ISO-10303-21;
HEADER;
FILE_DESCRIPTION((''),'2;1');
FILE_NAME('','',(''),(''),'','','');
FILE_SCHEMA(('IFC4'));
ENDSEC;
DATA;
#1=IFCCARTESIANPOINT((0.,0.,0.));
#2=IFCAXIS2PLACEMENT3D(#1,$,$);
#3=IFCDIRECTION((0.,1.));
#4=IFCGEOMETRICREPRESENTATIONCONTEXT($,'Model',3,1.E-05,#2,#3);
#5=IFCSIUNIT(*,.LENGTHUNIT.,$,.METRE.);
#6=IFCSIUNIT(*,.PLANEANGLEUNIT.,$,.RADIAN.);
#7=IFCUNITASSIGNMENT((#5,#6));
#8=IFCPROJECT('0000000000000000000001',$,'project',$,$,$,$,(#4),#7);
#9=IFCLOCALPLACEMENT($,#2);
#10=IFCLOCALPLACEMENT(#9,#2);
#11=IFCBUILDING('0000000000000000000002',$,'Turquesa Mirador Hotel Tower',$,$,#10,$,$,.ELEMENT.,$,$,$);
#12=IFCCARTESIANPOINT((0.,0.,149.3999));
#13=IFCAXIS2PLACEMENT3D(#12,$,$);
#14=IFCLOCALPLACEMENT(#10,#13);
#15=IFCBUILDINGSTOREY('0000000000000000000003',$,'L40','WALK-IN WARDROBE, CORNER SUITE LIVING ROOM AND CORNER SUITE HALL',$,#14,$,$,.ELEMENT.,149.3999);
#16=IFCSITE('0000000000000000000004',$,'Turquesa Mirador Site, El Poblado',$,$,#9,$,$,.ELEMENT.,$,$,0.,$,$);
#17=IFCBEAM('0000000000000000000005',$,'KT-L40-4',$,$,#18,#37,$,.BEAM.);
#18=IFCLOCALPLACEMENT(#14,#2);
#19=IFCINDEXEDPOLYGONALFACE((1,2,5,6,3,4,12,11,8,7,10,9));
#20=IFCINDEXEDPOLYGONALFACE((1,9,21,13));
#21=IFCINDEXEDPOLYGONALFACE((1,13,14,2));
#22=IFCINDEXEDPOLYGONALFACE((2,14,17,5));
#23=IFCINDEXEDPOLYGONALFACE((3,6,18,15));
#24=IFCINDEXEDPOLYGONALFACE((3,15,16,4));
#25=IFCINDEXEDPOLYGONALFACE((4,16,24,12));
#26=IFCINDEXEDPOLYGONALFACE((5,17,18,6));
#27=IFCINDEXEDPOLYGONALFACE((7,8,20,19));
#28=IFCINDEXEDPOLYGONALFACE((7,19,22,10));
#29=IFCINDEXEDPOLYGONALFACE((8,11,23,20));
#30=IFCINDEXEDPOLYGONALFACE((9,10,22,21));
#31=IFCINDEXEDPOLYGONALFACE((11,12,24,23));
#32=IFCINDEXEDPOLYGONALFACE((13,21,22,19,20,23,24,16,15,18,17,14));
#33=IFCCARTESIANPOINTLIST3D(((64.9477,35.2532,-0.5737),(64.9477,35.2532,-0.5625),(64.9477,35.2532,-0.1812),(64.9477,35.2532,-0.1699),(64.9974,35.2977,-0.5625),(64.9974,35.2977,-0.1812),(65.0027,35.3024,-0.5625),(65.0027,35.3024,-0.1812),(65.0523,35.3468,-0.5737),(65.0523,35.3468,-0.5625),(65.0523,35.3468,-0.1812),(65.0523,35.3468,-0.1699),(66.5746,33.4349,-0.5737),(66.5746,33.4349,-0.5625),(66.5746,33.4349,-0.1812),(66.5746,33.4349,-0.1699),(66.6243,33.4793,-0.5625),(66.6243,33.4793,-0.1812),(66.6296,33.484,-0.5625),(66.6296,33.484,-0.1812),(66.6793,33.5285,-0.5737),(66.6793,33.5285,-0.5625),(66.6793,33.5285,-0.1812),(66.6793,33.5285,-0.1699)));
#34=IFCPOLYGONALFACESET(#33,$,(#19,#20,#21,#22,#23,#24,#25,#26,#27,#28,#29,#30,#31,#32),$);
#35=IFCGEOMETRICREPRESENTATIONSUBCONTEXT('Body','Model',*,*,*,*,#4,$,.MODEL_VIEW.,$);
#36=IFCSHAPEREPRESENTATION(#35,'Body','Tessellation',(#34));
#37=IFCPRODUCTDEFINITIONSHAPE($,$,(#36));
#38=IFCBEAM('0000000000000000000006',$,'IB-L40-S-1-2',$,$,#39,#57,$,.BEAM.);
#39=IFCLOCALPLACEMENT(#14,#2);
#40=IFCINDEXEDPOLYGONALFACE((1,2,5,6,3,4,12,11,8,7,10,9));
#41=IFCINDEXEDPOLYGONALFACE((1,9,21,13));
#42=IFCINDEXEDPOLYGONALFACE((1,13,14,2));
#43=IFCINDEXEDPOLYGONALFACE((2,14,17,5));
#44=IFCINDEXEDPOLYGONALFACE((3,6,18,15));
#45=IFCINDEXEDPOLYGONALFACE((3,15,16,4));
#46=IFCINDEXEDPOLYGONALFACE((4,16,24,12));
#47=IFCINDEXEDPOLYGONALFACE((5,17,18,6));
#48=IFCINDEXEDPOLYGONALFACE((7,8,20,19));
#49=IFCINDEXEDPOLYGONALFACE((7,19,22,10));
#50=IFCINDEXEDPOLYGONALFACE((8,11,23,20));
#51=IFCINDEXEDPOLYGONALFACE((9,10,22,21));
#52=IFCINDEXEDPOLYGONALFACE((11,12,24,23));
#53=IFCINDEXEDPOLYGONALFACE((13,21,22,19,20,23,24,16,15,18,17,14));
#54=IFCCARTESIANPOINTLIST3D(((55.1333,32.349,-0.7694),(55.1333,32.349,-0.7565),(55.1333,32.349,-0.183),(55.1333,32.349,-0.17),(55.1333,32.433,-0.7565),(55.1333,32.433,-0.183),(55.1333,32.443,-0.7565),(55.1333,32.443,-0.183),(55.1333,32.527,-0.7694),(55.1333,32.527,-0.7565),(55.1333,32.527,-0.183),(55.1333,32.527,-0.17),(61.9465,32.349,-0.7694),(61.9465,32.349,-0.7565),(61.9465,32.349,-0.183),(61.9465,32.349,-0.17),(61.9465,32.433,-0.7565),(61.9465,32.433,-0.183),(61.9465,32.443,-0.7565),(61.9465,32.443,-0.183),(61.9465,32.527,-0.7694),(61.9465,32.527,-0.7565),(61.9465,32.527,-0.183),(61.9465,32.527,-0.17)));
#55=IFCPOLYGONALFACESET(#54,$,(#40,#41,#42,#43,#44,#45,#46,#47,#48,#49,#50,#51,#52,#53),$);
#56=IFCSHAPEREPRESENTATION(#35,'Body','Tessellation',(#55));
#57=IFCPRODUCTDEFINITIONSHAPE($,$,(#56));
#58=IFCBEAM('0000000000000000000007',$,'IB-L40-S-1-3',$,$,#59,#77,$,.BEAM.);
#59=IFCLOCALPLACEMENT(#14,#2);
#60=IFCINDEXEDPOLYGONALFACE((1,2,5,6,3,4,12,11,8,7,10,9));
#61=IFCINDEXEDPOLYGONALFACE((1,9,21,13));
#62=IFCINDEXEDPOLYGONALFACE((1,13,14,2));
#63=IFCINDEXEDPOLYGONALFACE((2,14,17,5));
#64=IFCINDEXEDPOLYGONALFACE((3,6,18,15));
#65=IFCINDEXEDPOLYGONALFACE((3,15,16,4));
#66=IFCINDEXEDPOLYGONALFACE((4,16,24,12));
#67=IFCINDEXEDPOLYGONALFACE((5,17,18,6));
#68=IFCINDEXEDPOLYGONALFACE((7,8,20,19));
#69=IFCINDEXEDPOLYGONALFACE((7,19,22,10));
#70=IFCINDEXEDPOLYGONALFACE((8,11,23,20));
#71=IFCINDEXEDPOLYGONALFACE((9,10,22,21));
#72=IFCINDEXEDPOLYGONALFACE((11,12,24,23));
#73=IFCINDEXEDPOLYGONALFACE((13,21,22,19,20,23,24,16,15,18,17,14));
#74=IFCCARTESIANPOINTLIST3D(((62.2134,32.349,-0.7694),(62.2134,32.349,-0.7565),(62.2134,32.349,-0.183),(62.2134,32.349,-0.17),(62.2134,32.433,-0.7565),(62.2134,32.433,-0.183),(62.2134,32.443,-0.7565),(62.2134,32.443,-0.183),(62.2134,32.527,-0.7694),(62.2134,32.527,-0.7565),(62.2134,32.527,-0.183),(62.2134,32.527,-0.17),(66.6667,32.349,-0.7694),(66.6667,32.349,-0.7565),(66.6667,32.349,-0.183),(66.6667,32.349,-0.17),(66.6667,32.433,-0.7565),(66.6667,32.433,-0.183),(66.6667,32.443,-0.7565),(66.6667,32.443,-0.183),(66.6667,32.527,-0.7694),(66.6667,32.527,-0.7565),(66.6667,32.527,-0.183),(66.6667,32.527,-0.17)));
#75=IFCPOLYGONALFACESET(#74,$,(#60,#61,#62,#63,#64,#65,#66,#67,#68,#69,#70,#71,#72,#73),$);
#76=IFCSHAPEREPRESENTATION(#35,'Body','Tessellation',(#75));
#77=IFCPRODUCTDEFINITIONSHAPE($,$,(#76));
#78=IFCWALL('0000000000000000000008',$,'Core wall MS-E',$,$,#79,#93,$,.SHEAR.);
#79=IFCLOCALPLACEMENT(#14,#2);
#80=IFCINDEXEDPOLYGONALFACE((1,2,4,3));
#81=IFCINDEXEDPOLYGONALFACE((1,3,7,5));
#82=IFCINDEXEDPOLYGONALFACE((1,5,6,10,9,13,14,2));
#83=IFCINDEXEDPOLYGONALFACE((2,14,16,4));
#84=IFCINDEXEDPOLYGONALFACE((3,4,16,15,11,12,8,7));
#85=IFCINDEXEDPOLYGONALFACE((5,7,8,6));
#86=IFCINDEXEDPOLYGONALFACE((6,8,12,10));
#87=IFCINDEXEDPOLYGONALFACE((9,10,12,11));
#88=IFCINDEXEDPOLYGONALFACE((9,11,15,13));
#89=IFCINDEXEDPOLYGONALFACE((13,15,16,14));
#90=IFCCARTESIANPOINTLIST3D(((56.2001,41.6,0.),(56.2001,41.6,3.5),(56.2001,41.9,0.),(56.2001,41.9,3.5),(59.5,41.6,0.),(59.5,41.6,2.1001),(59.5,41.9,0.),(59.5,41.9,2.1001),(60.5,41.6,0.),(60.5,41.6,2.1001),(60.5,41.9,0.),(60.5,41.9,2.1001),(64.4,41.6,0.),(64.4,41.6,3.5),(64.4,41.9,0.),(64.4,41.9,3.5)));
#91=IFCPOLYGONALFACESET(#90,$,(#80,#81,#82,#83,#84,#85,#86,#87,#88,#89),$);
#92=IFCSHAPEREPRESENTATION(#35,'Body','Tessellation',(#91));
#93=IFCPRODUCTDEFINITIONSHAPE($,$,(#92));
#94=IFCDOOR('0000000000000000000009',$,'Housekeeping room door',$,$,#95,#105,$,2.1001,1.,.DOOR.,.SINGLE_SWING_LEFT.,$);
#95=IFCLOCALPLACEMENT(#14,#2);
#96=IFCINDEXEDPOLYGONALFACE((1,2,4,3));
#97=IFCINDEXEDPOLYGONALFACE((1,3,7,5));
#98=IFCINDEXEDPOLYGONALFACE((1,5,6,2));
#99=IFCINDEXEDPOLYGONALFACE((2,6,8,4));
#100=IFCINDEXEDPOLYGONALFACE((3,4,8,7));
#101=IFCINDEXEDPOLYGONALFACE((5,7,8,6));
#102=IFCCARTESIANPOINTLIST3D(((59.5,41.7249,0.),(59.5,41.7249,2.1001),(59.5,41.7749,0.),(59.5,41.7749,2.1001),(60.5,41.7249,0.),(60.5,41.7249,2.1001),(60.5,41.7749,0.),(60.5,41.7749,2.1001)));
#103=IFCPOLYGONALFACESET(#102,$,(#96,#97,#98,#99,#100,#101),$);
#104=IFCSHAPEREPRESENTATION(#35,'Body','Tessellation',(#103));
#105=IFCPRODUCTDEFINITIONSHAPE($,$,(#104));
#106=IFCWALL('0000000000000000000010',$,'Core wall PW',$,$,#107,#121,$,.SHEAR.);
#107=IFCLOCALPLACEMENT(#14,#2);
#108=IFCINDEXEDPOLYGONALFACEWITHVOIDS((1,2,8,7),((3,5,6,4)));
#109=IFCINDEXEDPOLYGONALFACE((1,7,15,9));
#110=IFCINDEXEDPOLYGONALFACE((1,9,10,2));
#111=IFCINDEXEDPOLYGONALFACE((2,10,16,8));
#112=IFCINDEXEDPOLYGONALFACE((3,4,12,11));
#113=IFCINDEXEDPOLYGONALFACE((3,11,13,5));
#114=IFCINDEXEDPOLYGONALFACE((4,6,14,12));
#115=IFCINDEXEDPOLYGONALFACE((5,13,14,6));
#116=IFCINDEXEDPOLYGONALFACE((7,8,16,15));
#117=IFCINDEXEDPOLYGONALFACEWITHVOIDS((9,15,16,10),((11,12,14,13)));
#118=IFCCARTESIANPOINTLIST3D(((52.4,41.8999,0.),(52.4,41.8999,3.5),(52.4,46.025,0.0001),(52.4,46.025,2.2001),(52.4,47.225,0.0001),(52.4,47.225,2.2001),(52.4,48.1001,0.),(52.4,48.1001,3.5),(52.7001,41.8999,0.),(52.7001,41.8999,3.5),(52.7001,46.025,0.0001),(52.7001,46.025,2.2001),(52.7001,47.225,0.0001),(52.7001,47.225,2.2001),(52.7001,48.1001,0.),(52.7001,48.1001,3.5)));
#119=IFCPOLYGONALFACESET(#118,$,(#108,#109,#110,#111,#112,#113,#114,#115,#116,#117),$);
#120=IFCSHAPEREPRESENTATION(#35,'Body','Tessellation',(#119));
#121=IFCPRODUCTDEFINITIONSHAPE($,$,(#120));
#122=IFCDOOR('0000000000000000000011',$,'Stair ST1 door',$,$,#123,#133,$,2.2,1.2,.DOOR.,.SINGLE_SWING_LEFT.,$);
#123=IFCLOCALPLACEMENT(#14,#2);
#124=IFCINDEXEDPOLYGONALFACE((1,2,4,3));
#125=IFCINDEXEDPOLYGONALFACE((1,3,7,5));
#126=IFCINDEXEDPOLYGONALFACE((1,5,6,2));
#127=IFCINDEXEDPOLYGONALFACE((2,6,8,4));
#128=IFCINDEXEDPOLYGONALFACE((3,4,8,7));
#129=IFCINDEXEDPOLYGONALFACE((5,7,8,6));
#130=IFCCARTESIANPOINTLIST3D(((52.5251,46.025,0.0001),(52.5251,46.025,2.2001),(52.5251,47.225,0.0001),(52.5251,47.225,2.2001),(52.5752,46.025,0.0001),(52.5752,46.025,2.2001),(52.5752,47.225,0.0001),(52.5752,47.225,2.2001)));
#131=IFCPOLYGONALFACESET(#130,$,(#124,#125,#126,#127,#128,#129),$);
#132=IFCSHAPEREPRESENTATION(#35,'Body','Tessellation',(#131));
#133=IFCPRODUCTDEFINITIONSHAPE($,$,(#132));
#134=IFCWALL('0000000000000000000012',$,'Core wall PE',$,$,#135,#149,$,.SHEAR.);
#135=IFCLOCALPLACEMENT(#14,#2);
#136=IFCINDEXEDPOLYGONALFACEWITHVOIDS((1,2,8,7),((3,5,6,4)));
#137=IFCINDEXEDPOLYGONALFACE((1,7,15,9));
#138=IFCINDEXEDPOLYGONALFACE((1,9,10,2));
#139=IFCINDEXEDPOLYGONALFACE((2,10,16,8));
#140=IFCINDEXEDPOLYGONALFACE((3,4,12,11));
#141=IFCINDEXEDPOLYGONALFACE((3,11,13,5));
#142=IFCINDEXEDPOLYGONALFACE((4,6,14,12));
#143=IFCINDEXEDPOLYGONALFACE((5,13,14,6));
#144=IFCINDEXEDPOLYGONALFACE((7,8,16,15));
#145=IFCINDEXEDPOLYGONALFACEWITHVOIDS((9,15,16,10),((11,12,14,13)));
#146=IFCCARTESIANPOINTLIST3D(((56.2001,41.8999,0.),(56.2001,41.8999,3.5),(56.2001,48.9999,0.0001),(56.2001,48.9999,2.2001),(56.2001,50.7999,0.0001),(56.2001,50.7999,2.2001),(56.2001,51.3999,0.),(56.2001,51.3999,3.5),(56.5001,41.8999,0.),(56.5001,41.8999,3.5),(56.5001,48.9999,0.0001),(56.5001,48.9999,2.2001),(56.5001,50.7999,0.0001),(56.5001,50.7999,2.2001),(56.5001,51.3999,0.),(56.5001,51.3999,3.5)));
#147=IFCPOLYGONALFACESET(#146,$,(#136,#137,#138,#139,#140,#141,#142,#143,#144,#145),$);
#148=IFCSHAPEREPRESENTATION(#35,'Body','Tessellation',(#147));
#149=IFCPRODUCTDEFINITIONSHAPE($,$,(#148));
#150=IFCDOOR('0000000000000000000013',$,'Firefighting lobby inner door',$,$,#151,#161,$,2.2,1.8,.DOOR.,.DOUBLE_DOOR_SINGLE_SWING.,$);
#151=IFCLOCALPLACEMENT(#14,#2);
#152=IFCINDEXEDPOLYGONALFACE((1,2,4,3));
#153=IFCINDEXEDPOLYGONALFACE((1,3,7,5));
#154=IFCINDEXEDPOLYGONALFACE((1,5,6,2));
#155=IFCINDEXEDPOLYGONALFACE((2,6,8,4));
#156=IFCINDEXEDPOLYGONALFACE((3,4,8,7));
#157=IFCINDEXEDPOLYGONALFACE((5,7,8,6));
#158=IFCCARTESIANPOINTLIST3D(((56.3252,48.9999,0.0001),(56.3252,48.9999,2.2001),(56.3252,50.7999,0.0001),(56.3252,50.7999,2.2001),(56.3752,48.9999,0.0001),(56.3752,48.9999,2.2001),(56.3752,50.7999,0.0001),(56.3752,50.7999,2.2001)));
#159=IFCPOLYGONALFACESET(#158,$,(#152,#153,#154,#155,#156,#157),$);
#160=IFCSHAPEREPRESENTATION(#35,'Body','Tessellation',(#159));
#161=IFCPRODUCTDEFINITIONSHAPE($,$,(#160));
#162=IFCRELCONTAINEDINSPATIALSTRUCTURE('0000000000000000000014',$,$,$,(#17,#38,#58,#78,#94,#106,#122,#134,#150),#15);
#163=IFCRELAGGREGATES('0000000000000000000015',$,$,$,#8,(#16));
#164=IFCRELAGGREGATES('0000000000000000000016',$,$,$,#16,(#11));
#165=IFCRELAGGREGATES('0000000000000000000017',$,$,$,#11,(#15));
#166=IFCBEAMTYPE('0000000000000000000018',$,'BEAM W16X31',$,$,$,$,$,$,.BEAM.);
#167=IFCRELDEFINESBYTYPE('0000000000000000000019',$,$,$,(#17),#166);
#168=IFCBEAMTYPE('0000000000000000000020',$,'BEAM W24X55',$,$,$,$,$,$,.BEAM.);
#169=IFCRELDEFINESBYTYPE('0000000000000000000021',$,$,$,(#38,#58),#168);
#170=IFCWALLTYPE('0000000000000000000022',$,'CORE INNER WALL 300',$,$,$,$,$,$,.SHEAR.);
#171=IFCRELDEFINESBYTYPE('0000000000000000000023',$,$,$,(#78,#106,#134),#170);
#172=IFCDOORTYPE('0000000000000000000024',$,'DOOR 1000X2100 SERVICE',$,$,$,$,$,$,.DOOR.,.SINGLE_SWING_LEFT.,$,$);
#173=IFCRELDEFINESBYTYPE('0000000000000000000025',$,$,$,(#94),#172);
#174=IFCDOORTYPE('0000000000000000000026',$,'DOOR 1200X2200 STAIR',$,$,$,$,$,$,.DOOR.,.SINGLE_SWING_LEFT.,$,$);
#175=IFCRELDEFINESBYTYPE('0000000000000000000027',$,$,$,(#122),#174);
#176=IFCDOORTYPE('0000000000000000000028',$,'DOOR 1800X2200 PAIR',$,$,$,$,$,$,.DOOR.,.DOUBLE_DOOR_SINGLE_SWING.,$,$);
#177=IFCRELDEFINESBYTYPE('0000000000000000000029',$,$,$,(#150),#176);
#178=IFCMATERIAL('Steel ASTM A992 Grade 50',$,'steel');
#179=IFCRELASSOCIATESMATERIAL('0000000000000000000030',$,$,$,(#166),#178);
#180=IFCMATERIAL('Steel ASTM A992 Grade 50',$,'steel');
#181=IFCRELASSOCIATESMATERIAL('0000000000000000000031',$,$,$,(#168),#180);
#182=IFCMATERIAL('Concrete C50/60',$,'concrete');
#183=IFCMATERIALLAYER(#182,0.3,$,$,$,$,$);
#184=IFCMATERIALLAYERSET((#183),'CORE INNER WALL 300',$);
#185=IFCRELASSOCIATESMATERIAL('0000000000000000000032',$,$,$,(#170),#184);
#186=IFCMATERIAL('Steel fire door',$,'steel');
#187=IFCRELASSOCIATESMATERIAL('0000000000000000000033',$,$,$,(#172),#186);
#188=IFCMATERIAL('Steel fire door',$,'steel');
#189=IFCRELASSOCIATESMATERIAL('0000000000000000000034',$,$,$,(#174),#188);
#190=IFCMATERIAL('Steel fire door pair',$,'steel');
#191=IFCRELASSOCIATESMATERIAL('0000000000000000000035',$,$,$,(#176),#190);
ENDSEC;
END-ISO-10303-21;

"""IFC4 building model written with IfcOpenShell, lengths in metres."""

from ifc_helpers import new_model, si_unit, direction, frame, frame_2d, origin, origin_2d, place, context, subcontext, project, spatial, rectangle, i_section, extrude, material, layer, layer_set, material_profile, profile_set, type_object, element, fill, save


model = new_model("IFC4")

# Units and contexts
model_context = context("Model", 3, precision=1e-05, world=origin(), true_north=direction((0.0, 1.0)))
body_context = subcontext(model_context, "Body", "Model", "MODEL_VIEW")
ifc_project = project(units=[si_unit("LENGTHUNIT", "METRE"), si_unit("PLANEANGLEUNIT", "RADIAN")], contexts=[model_context])

# Site, building, storey
site_placement = place(None, origin())
site = spatial("IfcSite", under=ifc_project, at=site_placement, Name="Turquesa Mirador Site, El Poblado", CompositionType="ELEMENT", RefElevation=0.0)
building_placement = place(site_placement, origin())
building = spatial("IfcBuilding", under=site, at=building_placement, Name="Turquesa Mirador Hotel Tower", CompositionType="ELEMENT")
storey_placement = place(building_placement, frame((0.0, 0.0, 149.3999)))
storey = spatial("IfcBuildingStorey", under=building, at=storey_placement, Name="L40", Description="WALK-IN WARDROBE, CORNER SUITE LIVING ROOM AND CORNER SUITE HALL", CompositionType="ELEMENT", Elevation=149.3999)

# Beams
ifc_material_1 = material(Name="Steel ASTM A992 Grade 50", Category="steel")
ifc_material_profile_1 = material_profile(ifc_material_1, i_section(OverallWidth=0.1404, OverallDepth=0.4038, WebThickness=0.0071, FlangeThickness=0.0112, at=origin_2d()), Name="W16X31")
ifc_profile_set_1 = profile_set([ifc_material_profile_1], Name="Steel ASTM A992 Grade 50")
beam_type_1 = type_object("IfcBeamType", Name="BEAM W16X31", PredefinedType="BEAM", material=ifc_profile_set_1)
beam_1_placement = place(storey_placement, frame((66.627, 33.4817, -0.3718), z_axis=(-0.666795, 0.745241, 0.0), x_axis=(-0.745241, -0.666795, 0.0)))
element("IfcBeam", 1, at=beam_1_placement, inside=storey, type_object=beam_type_1, Name="KT-L40-4", PredefinedType="BEAM", context=body_context, shape_type="SweptSolid", body=[
    extrude(i_section(OverallWidth=0.1404, OverallDepth=0.4038, WebThickness=0.0071, FlangeThickness=0.0112, at=origin_2d()), origin(), (0.0, 0.0, 1.0), 2.4399),
])
ifc_material_2 = material(Name="Steel ASTM A992 Grade 50", Category="steel")
ifc_material_profile_2 = material_profile(ifc_material_2, i_section(OverallWidth=0.178, OverallDepth=0.5994, WebThickness=0.01, FlangeThickness=0.0129, at=origin_2d()), Name="W24X55")
ifc_profile_set_2 = profile_set([ifc_material_profile_2], Name="Steel ASTM A992 Grade 50")
beam_type_2 = type_object("IfcBeamType", Name="BEAM W24X55", PredefinedType="BEAM", material=ifc_profile_set_2)
beam_2_placement = place(storey_placement, frame((55.1333, 32.438, -0.4697), z_axis=(1.0, 0.0, 0.0), x_axis=(0.0, 1.0, 0.0)))
element("IfcBeam", 2, at=beam_2_placement, inside=storey, type_object=beam_type_2, Name="IB-L40-S-1-2", PredefinedType="BEAM", context=body_context, shape_type="SweptSolid", body=[
    extrude(i_section(OverallWidth=0.178, OverallDepth=0.5994, WebThickness=0.01, FlangeThickness=0.0129, at=origin_2d()), origin(), (0.0, 0.0, 1.0), 6.8132),
])
beam_3_placement = place(storey_placement, frame((62.2134, 32.438, -0.4697), z_axis=(1.0, 0.0, 0.0), x_axis=(0.0, 1.0, 0.0)))
element("IfcBeam", 3, at=beam_3_placement, inside=storey, type_object=beam_type_2, Name="IB-L40-S-1-3", PredefinedType="BEAM", context=body_context, shape_type="SweptSolid", body=[
    extrude(i_section(OverallWidth=0.178, OverallDepth=0.5994, WebThickness=0.01, FlangeThickness=0.0129, at=origin_2d()), origin(), (0.0, 0.0, 1.0), 4.4534),
])

# Walls, openings, doors
ifc_material_3 = material(Name="Concrete C50/60", Category="concrete")
ifc_layer_1 = layer(ifc_material_3, 0.3)
ifc_layer_set_1 = layer_set([ifc_layer_1], Name="CORE INNER WALL 300")
wall_type_1 = type_object("IfcWallType", Name="CORE INNER WALL 300", PredefinedType="SHEAR", material=ifc_layer_set_1)
wall_1_placement = place(storey_placement, frame((56.2, 41.75, 0.0), z_axis=(0.0, 0.0, 1.0), x_axis=(1.0, 0.0, 0.0)))
wall_1 = element("IfcWall", 4, at=wall_1_placement, inside=storey, type_object=wall_type_1, Name="Core wall MS-E", PredefinedType="SHEAR", context=body_context, shape_type="SweptSolid", body=[
    extrude(rectangle(XDim=8.2, YDim=0.3, at=frame_2d((4.1001, 0.0))), origin(), (0.0, 0.0, 1.0), 3.5),
])
opening_1_placement = place(wall_1_placement, frame((3.3, 0.0, 0.0)))
opening_1 = element("IfcOpeningElement", 5, at=opening_1_placement, cuts=wall_1, PredefinedType="OPENING", context=body_context, shape_type="SweptSolid", body=[
    extrude(rectangle(XDim=1.0, YDim=2.1001, at=frame_2d((0.5, 1.05))), frame((0.0, 0.1599, 0.0), z_axis=(0.0, -1.0, 0.0), x_axis=(1.0, 0.0, 0.0)), (0.0, 0.0, 1.0), 0.3201),
])
ifc_material_4 = material(Name="Steel fire door", Category="steel")
door_type_1 = type_object("IfcDoorType", Name="DOOR 1000X2100 SERVICE", OperationType="SINGLE_SWING_LEFT", PredefinedType="DOOR", material=ifc_material_4)
door_1_placement = place(opening_1_placement, origin())
door_1 = element("IfcDoor", 6, at=door_1_placement, inside=storey, type_object=door_type_1, Name="Housekeeping room door", OperationType="SINGLE_SWING_LEFT", OverallHeight=2.1001, OverallWidth=1.0, PredefinedType="DOOR", context=body_context, shape_type="SweptSolid", body=[
    extrude(rectangle(XDim=1.0, YDim=2.1001, at=frame_2d((0.5, 1.05))), frame((0.0, 0.0249, 0.0), z_axis=(0.0, -1.0, 0.0), x_axis=(1.0, 0.0, 0.0)), (0.0, 0.0, 1.0), 0.05),
])
fill(opening_1, door_1)
wall_2_placement = place(storey_placement, frame((52.55, 41.8999, 0.0), z_axis=(0.0, 0.0, 1.0), x_axis=(0.0, 1.0, 0.0)))
wall_2 = element("IfcWall", 7, at=wall_2_placement, inside=storey, type_object=wall_type_1, Name="Core wall PW", PredefinedType="SHEAR", context=body_context, shape_type="SweptSolid", body=[
    extrude(rectangle(XDim=6.2002, YDim=0.3, at=frame_2d((3.1001, 0.0))), origin(), (0.0, 0.0, 1.0), 3.5),
])
opening_2_placement = place(wall_2_placement, frame((4.125, 0.0, 0.0)))
opening_2 = element("IfcOpeningElement", 8, at=opening_2_placement, cuts=wall_2, PredefinedType="OPENING", context=body_context, shape_type="SweptSolid", body=[
    extrude(rectangle(XDim=1.2, YDim=2.2, at=frame_2d((0.6001, 1.1001))), frame((0.0, 0.1599, 0.0), z_axis=(0.0, -1.0, 0.0), x_axis=(1.0, 0.0, 0.0)), (0.0, 0.0, 1.0), 0.3201),
])
ifc_material_5 = material(Name="Steel fire door", Category="steel")
door_type_2 = type_object("IfcDoorType", Name="DOOR 1200X2200 STAIR", OperationType="SINGLE_SWING_LEFT", PredefinedType="DOOR", material=ifc_material_5)
door_2_placement = place(opening_2_placement, origin())
door_2 = element("IfcDoor", 9, at=door_2_placement, inside=storey, type_object=door_type_2, Name="Stair ST1 door", OperationType="SINGLE_SWING_LEFT", OverallHeight=2.2, OverallWidth=1.2, PredefinedType="DOOR", context=body_context, shape_type="SweptSolid", body=[
    extrude(rectangle(XDim=1.2, YDim=2.2, at=frame_2d((0.6001, 1.1001))), frame((0.0, 0.0249, 0.0), z_axis=(0.0, -1.0, 0.0), x_axis=(1.0, 0.0, 0.0)), (0.0, 0.0, 1.0), 0.05),
])
fill(opening_2, door_2)
wall_3_placement = place(storey_placement, frame((56.3501, 41.8999, 0.0), z_axis=(0.0, 0.0, 1.0), x_axis=(0.0, 1.0, 0.0)))
wall_3 = element("IfcWall", 10, at=wall_3_placement, inside=storey, type_object=wall_type_1, Name="Core wall PE", PredefinedType="SHEAR", context=body_context, shape_type="SweptSolid", body=[
    extrude(rectangle(XDim=9.5, YDim=0.3, at=frame_2d((4.75, 0.0))), origin(), (0.0, 0.0, 1.0), 3.5),
])
opening_3_placement = place(wall_3_placement, frame((7.1001, 0.0, 0.0)))
opening_3 = element("IfcOpeningElement", 11, at=opening_3_placement, cuts=wall_3, PredefinedType="OPENING", context=body_context, shape_type="SweptSolid", body=[
    extrude(rectangle(XDim=1.8, YDim=2.2, at=frame_2d((0.8999, 1.1001))), frame((0.0, 0.1599, 0.0), z_axis=(0.0, -1.0, 0.0), x_axis=(1.0, 0.0, 0.0)), (0.0, 0.0, 1.0), 0.3201),
])
ifc_material_6 = material(Name="Steel fire door pair", Category="steel")
door_type_3 = type_object("IfcDoorType", Name="DOOR 1800X2200 PAIR", OperationType="DOUBLE_DOOR_SINGLE_SWING", PredefinedType="DOOR", material=ifc_material_6)
door_3_placement = place(opening_3_placement, origin())
door_3 = element("IfcDoor", 12, at=door_3_placement, inside=storey, type_object=door_type_3, Name="Firefighting lobby inner door", OperationType="DOUBLE_DOOR_SINGLE_SWING", OverallHeight=2.2, OverallWidth=1.8, PredefinedType="DOOR", context=body_context, shape_type="SweptSolid", body=[
    extrude(rectangle(XDim=1.8, YDim=2.2, at=frame_2d((0.8999, 1.1001))), frame((0.0, 0.0249, 0.0), z_axis=(0.0, -1.0, 0.0), x_axis=(1.0, 0.0, 0.0)), (0.0, 0.0, 1.0), 0.05),
])
fill(opening_3, door_3)

save(model, "model.ifc")
